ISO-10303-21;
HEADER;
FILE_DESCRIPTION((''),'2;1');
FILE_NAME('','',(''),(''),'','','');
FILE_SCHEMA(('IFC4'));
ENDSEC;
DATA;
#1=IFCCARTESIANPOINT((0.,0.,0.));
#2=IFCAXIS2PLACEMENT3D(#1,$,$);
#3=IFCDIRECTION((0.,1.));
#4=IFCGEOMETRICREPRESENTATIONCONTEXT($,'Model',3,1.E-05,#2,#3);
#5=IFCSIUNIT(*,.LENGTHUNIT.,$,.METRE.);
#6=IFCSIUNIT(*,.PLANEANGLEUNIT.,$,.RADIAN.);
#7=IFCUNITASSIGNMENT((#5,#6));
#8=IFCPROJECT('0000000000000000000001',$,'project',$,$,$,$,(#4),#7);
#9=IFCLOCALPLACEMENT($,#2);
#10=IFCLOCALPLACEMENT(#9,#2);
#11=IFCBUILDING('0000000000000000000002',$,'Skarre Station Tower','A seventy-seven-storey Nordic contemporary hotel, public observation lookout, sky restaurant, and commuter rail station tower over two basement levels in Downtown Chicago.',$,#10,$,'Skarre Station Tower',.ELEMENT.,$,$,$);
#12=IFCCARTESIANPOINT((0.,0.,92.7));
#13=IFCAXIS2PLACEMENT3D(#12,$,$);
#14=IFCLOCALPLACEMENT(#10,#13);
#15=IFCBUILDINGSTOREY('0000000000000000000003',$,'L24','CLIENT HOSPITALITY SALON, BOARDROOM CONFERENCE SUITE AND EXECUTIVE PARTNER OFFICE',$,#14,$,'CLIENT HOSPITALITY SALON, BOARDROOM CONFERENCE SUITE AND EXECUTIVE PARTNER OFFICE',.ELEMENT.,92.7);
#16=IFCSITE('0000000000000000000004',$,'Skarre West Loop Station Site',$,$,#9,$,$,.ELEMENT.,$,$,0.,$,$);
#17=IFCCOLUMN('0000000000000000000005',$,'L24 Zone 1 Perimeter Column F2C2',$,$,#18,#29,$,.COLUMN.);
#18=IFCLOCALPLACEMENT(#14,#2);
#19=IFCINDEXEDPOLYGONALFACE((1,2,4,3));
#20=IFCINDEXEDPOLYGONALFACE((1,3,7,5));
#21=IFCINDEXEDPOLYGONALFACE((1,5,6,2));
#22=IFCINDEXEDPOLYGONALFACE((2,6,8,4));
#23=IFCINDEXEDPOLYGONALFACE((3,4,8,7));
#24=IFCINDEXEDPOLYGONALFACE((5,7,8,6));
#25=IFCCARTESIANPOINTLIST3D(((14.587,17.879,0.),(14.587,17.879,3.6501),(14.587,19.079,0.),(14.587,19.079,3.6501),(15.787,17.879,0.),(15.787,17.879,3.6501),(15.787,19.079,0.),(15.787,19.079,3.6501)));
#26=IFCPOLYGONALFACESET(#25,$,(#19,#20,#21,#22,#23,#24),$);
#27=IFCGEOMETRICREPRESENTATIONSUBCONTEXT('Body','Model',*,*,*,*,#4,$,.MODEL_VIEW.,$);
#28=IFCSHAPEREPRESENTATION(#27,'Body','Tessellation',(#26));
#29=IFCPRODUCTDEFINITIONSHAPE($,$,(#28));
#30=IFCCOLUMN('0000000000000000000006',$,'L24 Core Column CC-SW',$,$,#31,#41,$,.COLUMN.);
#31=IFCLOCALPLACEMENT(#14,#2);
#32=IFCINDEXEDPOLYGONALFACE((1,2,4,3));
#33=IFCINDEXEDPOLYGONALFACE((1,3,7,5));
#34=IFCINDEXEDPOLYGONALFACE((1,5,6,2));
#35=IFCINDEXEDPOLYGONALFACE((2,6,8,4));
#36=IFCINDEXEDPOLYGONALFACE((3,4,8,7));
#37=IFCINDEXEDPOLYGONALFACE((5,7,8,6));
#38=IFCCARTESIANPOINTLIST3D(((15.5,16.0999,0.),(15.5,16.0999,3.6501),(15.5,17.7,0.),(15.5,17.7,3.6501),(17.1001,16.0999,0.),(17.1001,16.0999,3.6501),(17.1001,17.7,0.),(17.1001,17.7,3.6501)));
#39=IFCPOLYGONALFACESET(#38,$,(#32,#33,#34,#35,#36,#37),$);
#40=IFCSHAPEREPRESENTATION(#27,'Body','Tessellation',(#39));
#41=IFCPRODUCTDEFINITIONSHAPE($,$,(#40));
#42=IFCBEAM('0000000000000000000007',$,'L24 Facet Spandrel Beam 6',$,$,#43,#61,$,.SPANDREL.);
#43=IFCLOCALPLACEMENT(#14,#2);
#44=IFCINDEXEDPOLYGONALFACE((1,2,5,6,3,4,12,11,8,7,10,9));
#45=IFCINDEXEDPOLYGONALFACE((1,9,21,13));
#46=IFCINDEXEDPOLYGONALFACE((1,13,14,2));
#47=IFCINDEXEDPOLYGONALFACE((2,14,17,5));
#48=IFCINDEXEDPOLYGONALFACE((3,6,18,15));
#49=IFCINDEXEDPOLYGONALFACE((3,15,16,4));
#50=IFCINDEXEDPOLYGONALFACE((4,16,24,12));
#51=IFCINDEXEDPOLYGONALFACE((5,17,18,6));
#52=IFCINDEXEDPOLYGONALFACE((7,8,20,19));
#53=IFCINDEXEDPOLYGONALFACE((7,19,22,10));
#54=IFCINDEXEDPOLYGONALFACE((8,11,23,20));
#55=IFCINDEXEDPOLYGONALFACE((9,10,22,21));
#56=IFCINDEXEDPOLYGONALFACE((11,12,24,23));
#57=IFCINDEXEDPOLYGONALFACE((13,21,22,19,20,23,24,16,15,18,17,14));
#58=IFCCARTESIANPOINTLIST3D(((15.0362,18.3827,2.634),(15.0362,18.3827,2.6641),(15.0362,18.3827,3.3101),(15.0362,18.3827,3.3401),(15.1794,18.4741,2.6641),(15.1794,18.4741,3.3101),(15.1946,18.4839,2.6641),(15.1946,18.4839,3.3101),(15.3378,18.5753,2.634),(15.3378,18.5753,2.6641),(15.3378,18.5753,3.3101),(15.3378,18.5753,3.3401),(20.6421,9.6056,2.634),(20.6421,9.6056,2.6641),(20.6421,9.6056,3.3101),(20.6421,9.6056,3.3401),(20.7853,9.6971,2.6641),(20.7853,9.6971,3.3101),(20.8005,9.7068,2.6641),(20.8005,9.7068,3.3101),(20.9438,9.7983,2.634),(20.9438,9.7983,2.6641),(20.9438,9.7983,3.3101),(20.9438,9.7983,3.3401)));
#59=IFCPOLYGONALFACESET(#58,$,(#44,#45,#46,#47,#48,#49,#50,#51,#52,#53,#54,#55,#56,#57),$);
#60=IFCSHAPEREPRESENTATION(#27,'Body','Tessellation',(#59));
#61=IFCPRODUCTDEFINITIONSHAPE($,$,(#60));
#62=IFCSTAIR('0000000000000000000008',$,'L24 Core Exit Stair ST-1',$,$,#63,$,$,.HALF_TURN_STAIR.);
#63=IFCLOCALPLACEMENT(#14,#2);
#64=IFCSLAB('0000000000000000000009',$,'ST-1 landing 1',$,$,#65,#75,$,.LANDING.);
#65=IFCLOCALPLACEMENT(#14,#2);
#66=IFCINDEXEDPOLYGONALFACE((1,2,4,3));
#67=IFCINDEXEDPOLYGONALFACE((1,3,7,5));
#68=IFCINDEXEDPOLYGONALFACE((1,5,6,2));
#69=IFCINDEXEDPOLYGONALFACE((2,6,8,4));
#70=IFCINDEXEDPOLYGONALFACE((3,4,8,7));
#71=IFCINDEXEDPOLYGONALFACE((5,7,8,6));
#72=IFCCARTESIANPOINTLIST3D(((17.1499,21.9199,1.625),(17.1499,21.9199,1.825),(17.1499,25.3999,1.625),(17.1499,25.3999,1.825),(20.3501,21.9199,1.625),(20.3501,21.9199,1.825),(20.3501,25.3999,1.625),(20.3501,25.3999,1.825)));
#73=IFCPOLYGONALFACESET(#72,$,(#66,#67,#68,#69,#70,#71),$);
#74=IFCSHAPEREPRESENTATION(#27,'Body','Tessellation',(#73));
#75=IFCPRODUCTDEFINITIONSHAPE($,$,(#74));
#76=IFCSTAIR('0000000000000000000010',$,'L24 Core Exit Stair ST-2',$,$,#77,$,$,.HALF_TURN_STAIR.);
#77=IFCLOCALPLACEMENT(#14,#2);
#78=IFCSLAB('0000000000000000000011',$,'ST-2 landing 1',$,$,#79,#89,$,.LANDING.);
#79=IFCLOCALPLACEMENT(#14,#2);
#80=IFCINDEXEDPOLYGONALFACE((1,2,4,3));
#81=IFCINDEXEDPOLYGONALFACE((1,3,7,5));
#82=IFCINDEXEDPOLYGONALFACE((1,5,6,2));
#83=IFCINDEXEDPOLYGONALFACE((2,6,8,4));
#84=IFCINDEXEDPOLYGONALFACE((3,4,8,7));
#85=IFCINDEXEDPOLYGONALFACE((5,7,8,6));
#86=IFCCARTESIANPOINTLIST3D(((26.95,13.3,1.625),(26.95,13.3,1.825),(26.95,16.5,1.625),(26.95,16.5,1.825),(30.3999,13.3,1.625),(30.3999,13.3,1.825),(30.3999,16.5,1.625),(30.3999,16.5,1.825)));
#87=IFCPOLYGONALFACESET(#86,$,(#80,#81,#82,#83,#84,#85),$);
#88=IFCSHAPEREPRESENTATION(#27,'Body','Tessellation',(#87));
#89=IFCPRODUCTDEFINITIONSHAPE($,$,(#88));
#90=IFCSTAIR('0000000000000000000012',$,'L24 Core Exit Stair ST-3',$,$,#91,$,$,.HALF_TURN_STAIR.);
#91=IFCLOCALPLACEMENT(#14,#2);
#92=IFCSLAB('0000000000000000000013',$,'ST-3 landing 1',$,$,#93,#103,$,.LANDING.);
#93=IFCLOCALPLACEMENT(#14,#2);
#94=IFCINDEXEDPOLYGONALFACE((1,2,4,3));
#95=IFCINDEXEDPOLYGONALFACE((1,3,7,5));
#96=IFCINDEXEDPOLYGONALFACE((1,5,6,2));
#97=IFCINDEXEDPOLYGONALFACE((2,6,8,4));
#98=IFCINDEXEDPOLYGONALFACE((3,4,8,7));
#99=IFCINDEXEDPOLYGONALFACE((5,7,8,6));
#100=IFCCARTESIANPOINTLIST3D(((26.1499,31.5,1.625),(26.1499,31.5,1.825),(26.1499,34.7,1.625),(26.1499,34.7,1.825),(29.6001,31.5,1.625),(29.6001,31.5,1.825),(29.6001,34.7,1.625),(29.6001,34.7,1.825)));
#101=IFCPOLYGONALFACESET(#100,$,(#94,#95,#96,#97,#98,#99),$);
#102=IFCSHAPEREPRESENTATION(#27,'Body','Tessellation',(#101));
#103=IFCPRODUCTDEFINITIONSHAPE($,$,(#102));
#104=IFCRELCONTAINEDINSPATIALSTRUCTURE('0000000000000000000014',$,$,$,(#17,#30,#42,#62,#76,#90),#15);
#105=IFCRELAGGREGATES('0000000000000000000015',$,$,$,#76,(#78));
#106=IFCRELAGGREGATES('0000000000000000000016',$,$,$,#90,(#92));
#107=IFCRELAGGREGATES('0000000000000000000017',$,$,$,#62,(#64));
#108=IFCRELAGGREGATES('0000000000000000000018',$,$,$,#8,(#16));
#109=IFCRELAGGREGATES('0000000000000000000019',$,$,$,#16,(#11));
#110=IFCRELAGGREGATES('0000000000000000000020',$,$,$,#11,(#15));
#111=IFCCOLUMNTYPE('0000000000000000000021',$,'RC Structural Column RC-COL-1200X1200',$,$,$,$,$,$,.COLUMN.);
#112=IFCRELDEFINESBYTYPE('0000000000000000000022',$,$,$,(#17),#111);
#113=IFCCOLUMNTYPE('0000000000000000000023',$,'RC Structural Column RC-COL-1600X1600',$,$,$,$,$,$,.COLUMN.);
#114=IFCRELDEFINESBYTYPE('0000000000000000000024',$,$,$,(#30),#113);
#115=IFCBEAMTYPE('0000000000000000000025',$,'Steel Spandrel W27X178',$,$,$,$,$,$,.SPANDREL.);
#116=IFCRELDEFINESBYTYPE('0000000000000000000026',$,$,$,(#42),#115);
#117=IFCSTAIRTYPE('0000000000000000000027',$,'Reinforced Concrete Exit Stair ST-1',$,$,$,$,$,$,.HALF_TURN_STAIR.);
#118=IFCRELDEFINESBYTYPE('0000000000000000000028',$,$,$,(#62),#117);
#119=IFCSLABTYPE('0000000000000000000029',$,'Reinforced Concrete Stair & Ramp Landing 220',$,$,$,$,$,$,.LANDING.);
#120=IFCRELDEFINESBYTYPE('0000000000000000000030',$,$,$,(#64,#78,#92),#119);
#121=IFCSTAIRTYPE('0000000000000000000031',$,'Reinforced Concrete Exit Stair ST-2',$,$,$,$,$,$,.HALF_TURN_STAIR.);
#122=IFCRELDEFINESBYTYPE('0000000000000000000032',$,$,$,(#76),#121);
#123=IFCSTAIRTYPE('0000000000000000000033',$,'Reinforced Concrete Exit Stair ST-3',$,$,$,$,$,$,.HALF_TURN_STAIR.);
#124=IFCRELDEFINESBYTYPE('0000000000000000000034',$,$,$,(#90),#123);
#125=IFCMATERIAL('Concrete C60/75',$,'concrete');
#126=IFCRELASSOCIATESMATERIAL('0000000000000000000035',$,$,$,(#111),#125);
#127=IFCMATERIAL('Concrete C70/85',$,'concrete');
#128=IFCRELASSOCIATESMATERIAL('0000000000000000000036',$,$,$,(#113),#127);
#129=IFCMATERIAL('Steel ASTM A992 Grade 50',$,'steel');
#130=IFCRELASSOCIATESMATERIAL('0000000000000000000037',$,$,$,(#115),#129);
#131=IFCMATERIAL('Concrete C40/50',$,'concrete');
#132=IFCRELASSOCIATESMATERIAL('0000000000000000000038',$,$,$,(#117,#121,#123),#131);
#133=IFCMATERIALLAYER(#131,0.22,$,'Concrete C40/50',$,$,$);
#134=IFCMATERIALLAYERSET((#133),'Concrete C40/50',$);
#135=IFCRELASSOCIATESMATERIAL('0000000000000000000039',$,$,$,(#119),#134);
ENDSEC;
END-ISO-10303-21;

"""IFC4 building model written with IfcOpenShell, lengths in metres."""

from ifc_helpers import new_model, si_unit, direction, frame, origin, origin_2d, place, context, subcontext, project, spatial, polyline, rectangle, i_section, outline, extrude, material, layer, layer_set, material_profile, profile_set, type_object, element, aggregate, save


model = new_model("IFC4")

# Units and contexts
model_context = context("Model", 3, precision=1e-05, world=origin(), true_north=direction((0.0, 1.0)))
body_context = subcontext(model_context, "Body", "Model", "MODEL_VIEW")
ifc_project = project(units=[si_unit("LENGTHUNIT", "METRE"), si_unit("PLANEANGLEUNIT", "RADIAN")], contexts=[model_context])

# Site, building, storey
site_placement = place(None, origin())
site = spatial("IfcSite", under=ifc_project, at=site_placement, Name="Skarre West Loop Station Site", CompositionType="ELEMENT", RefElevation=0.0)
building_placement = place(site_placement, origin())
building = spatial("IfcBuilding", under=site, at=building_placement, Name="Skarre Station Tower", Description="A seventy-seven-storey Nordic contemporary hotel, public observation lookout, sky restaurant, and commuter rail station tower over two basement levels in Downtown Chicago.", LongName="Skarre Station Tower", CompositionType="ELEMENT")
storey_placement = place(building_placement, frame((0.0, 0.0, 92.7)))
storey = spatial("IfcBuildingStorey", under=building, at=storey_placement, Name="L24", Description="CLIENT HOSPITALITY SALON, BOARDROOM CONFERENCE SUITE AND EXECUTIVE PARTNER OFFICE", LongName="CLIENT HOSPITALITY SALON, BOARDROOM CONFERENCE SUITE AND EXECUTIVE PARTNER OFFICE", CompositionType="ELEMENT", Elevation=92.7)

# Columns
ifc_material_1 = material(Name="Concrete C60/75", Category="concrete")
ifc_material_profile_1 = material_profile(ifc_material_1, rectangle(XDim=1.2, YDim=1.2, at=origin_2d()), Name="Concrete C60/75")
ifc_profile_set_1 = profile_set([ifc_material_profile_1], Name="Concrete C60/75")
column_type_1 = type_object("IfcColumnType", Name="RC Structural Column RC-COL-1200X1200", PredefinedType="COLUMN", material=ifc_profile_set_1)
column_1_placement = place(storey_placement, frame((15.187, 18.479, 0.0), z_axis=(0.0, 0.0, 1.0), x_axis=(1.0, 0.0, 0.0)))
element("IfcColumn", 1, at=column_1_placement, inside=storey, type_object=column_type_1, Name="L24 Zone 1 Perimeter Column F2C2", PredefinedType="COLUMN", context=body_context, shape_type="SweptSolid", body=[
    extrude(rectangle(XDim=1.2, YDim=1.2, at=origin_2d()), origin(), (0.0, 0.0, 1.0), 3.6501),
])
ifc_material_2 = material(Name="Concrete C70/85", Category="concrete")
ifc_material_profile_2 = material_profile(ifc_material_2, rectangle(XDim=1.6001, YDim=1.6001, at=origin_2d()), Name="Concrete C70/85")
ifc_profile_set_2 = profile_set([ifc_material_profile_2], Name="Concrete C70/85")
column_type_2 = type_object("IfcColumnType", Name="RC Structural Column RC-COL-1600X1600", PredefinedType="COLUMN", material=ifc_profile_set_2)
column_2_placement = place(storey_placement, frame((16.3, 16.8999, 0.0), z_axis=(0.0, 0.0, 1.0), x_axis=(1.0, 0.0, 0.0)))
element("IfcColumn", 2, at=column_2_placement, inside=storey, type_object=column_type_2, Name="L24 Core Column CC-SW", PredefinedType="COLUMN", context=body_context, shape_type="SweptSolid", body=[
    extrude(rectangle(XDim=1.6001, YDim=1.6001, at=origin_2d()), origin(), (0.0, 0.0, 1.0), 3.6501),
])

# Beam
ifc_material_3 = material(Name="Steel ASTM A992 Grade 50", Category="steel")
ifc_material_profile_3 = material_profile(ifc_material_3, i_section(OverallWidth=0.3579, OverallDepth=0.7061, WebThickness=0.0181, FlangeThickness=0.03, at=origin_2d()), Name="Steel ASTM A992 Grade 50")
ifc_profile_set_3 = profile_set([ifc_material_profile_3], Name="Steel ASTM A992 Grade 50")
beam_type = type_object("IfcBeamType", Name="Steel Spandrel W27X178", PredefinedType="SPANDREL", material=ifc_profile_set_3)
beam_placement = place(storey_placement, frame((15.187, 18.479, 2.9871), z_axis=(0.538278, -0.842767, 0.0), x_axis=(0.842767, 0.538278, 0.0)))
element("IfcBeam", 3, at=beam_placement, inside=storey, type_object=beam_type, Name="L24 Facet Spandrel Beam 6", PredefinedType="SPANDREL", context=body_context, shape_type="SweptSolid", body=[
    extrude(i_section(OverallWidth=0.3579, OverallDepth=0.7061, WebThickness=0.0181, FlangeThickness=0.03, at=origin_2d()), origin(), (0.0, 0.0, 1.0), 10.4146),
])

# Stairs, slabs
ifc_material_4 = material(Name="Concrete C40/50", Category="concrete")
stair_type_1 = type_object("IfcStairType", Name="Reinforced Concrete Exit Stair ST-1", PredefinedType="HALF_TURN_STAIR", material=ifc_material_4)
stair_1_placement = place(storey_placement, origin())
stair_1 = element("IfcStair", 4, at=stair_1_placement, inside=storey, type_object=stair_type_1, Name="L24 Core Exit Stair ST-1", PredefinedType="HALF_TURN_STAIR")
ifc_layer_1 = layer(ifc_material_4, 0.22, Name="Concrete C40/50")
ifc_layer_set_1 = layer_set([ifc_layer_1], Name="Concrete C40/50")
slab_type_1 = type_object("IfcSlabType", Name="Reinforced Concrete Stair & Ramp Landing 220", PredefinedType="LANDING", material=ifc_layer_set_1)
slab_1_placement = place(storey_placement, frame((0.0, 0.0, 1.625)))
slab_1 = element("IfcSlab", 5, at=slab_1_placement, type_object=slab_type_1, Name="ST-1 landing 1", PredefinedType="LANDING", context=body_context, shape_type="SweptSolid", body=[
    extrude(outline(polyline([(20.3501, 21.9199), (20.3501, 25.3999), (17.1499, 25.3999), (17.1499, 21.9199), (20.3501, 21.9199)])), origin(), (0.0, 0.0, 1.0), 0.2),
])
stair_type_2 = type_object("IfcStairType", Name="Reinforced Concrete Exit Stair ST-2", PredefinedType="HALF_TURN_STAIR", material=ifc_material_4)
stair_2_placement = place(storey_placement, origin())
stair_2 = element("IfcStair", 6, at=stair_2_placement, inside=storey, type_object=stair_type_2, Name="L24 Core Exit Stair ST-2", PredefinedType="HALF_TURN_STAIR")
slab_2_placement = place(storey_placement, frame((0.0, 0.0, 1.625)))
slab_2 = element("IfcSlab", 7, at=slab_2_placement, type_object=slab_type_1, Name="ST-2 landing 1", PredefinedType="LANDING", context=body_context, shape_type="SweptSolid", body=[
    extrude(outline(polyline([(26.95, 13.3), (30.3999, 13.3), (30.3999, 16.5), (26.95, 16.5), (26.95, 13.3)])), origin(), (0.0, 0.0, 1.0), 0.2),
])
aggregate(stair_2, [slab_2])
stair_type_3 = type_object("IfcStairType", Name="Reinforced Concrete Exit Stair ST-3", PredefinedType="HALF_TURN_STAIR", material=ifc_material_4)
stair_3_placement = place(storey_placement, origin())
stair_3 = element("IfcStair", 8, at=stair_3_placement, inside=storey, type_object=stair_type_3, Name="L24 Core Exit Stair ST-3", PredefinedType="HALF_TURN_STAIR")
slab_3_placement = place(storey_placement, frame((0.0, 0.0, 1.625)))
slab_3 = element("IfcSlab", 9, at=slab_3_placement, type_object=slab_type_1, Name="ST-3 landing 1", PredefinedType="LANDING", context=body_context, shape_type="SweptSolid", body=[
    extrude(outline(polyline([(26.1499, 31.5), (29.6001, 31.5), (29.6001, 34.7), (26.1499, 34.7), (26.1499, 31.5)])), origin(), (0.0, 0.0, 1.0), 0.2),
])
aggregate(stair_3, [slab_3])

aggregate(stair_1, [slab_1])

save(model, "model.ifc")
